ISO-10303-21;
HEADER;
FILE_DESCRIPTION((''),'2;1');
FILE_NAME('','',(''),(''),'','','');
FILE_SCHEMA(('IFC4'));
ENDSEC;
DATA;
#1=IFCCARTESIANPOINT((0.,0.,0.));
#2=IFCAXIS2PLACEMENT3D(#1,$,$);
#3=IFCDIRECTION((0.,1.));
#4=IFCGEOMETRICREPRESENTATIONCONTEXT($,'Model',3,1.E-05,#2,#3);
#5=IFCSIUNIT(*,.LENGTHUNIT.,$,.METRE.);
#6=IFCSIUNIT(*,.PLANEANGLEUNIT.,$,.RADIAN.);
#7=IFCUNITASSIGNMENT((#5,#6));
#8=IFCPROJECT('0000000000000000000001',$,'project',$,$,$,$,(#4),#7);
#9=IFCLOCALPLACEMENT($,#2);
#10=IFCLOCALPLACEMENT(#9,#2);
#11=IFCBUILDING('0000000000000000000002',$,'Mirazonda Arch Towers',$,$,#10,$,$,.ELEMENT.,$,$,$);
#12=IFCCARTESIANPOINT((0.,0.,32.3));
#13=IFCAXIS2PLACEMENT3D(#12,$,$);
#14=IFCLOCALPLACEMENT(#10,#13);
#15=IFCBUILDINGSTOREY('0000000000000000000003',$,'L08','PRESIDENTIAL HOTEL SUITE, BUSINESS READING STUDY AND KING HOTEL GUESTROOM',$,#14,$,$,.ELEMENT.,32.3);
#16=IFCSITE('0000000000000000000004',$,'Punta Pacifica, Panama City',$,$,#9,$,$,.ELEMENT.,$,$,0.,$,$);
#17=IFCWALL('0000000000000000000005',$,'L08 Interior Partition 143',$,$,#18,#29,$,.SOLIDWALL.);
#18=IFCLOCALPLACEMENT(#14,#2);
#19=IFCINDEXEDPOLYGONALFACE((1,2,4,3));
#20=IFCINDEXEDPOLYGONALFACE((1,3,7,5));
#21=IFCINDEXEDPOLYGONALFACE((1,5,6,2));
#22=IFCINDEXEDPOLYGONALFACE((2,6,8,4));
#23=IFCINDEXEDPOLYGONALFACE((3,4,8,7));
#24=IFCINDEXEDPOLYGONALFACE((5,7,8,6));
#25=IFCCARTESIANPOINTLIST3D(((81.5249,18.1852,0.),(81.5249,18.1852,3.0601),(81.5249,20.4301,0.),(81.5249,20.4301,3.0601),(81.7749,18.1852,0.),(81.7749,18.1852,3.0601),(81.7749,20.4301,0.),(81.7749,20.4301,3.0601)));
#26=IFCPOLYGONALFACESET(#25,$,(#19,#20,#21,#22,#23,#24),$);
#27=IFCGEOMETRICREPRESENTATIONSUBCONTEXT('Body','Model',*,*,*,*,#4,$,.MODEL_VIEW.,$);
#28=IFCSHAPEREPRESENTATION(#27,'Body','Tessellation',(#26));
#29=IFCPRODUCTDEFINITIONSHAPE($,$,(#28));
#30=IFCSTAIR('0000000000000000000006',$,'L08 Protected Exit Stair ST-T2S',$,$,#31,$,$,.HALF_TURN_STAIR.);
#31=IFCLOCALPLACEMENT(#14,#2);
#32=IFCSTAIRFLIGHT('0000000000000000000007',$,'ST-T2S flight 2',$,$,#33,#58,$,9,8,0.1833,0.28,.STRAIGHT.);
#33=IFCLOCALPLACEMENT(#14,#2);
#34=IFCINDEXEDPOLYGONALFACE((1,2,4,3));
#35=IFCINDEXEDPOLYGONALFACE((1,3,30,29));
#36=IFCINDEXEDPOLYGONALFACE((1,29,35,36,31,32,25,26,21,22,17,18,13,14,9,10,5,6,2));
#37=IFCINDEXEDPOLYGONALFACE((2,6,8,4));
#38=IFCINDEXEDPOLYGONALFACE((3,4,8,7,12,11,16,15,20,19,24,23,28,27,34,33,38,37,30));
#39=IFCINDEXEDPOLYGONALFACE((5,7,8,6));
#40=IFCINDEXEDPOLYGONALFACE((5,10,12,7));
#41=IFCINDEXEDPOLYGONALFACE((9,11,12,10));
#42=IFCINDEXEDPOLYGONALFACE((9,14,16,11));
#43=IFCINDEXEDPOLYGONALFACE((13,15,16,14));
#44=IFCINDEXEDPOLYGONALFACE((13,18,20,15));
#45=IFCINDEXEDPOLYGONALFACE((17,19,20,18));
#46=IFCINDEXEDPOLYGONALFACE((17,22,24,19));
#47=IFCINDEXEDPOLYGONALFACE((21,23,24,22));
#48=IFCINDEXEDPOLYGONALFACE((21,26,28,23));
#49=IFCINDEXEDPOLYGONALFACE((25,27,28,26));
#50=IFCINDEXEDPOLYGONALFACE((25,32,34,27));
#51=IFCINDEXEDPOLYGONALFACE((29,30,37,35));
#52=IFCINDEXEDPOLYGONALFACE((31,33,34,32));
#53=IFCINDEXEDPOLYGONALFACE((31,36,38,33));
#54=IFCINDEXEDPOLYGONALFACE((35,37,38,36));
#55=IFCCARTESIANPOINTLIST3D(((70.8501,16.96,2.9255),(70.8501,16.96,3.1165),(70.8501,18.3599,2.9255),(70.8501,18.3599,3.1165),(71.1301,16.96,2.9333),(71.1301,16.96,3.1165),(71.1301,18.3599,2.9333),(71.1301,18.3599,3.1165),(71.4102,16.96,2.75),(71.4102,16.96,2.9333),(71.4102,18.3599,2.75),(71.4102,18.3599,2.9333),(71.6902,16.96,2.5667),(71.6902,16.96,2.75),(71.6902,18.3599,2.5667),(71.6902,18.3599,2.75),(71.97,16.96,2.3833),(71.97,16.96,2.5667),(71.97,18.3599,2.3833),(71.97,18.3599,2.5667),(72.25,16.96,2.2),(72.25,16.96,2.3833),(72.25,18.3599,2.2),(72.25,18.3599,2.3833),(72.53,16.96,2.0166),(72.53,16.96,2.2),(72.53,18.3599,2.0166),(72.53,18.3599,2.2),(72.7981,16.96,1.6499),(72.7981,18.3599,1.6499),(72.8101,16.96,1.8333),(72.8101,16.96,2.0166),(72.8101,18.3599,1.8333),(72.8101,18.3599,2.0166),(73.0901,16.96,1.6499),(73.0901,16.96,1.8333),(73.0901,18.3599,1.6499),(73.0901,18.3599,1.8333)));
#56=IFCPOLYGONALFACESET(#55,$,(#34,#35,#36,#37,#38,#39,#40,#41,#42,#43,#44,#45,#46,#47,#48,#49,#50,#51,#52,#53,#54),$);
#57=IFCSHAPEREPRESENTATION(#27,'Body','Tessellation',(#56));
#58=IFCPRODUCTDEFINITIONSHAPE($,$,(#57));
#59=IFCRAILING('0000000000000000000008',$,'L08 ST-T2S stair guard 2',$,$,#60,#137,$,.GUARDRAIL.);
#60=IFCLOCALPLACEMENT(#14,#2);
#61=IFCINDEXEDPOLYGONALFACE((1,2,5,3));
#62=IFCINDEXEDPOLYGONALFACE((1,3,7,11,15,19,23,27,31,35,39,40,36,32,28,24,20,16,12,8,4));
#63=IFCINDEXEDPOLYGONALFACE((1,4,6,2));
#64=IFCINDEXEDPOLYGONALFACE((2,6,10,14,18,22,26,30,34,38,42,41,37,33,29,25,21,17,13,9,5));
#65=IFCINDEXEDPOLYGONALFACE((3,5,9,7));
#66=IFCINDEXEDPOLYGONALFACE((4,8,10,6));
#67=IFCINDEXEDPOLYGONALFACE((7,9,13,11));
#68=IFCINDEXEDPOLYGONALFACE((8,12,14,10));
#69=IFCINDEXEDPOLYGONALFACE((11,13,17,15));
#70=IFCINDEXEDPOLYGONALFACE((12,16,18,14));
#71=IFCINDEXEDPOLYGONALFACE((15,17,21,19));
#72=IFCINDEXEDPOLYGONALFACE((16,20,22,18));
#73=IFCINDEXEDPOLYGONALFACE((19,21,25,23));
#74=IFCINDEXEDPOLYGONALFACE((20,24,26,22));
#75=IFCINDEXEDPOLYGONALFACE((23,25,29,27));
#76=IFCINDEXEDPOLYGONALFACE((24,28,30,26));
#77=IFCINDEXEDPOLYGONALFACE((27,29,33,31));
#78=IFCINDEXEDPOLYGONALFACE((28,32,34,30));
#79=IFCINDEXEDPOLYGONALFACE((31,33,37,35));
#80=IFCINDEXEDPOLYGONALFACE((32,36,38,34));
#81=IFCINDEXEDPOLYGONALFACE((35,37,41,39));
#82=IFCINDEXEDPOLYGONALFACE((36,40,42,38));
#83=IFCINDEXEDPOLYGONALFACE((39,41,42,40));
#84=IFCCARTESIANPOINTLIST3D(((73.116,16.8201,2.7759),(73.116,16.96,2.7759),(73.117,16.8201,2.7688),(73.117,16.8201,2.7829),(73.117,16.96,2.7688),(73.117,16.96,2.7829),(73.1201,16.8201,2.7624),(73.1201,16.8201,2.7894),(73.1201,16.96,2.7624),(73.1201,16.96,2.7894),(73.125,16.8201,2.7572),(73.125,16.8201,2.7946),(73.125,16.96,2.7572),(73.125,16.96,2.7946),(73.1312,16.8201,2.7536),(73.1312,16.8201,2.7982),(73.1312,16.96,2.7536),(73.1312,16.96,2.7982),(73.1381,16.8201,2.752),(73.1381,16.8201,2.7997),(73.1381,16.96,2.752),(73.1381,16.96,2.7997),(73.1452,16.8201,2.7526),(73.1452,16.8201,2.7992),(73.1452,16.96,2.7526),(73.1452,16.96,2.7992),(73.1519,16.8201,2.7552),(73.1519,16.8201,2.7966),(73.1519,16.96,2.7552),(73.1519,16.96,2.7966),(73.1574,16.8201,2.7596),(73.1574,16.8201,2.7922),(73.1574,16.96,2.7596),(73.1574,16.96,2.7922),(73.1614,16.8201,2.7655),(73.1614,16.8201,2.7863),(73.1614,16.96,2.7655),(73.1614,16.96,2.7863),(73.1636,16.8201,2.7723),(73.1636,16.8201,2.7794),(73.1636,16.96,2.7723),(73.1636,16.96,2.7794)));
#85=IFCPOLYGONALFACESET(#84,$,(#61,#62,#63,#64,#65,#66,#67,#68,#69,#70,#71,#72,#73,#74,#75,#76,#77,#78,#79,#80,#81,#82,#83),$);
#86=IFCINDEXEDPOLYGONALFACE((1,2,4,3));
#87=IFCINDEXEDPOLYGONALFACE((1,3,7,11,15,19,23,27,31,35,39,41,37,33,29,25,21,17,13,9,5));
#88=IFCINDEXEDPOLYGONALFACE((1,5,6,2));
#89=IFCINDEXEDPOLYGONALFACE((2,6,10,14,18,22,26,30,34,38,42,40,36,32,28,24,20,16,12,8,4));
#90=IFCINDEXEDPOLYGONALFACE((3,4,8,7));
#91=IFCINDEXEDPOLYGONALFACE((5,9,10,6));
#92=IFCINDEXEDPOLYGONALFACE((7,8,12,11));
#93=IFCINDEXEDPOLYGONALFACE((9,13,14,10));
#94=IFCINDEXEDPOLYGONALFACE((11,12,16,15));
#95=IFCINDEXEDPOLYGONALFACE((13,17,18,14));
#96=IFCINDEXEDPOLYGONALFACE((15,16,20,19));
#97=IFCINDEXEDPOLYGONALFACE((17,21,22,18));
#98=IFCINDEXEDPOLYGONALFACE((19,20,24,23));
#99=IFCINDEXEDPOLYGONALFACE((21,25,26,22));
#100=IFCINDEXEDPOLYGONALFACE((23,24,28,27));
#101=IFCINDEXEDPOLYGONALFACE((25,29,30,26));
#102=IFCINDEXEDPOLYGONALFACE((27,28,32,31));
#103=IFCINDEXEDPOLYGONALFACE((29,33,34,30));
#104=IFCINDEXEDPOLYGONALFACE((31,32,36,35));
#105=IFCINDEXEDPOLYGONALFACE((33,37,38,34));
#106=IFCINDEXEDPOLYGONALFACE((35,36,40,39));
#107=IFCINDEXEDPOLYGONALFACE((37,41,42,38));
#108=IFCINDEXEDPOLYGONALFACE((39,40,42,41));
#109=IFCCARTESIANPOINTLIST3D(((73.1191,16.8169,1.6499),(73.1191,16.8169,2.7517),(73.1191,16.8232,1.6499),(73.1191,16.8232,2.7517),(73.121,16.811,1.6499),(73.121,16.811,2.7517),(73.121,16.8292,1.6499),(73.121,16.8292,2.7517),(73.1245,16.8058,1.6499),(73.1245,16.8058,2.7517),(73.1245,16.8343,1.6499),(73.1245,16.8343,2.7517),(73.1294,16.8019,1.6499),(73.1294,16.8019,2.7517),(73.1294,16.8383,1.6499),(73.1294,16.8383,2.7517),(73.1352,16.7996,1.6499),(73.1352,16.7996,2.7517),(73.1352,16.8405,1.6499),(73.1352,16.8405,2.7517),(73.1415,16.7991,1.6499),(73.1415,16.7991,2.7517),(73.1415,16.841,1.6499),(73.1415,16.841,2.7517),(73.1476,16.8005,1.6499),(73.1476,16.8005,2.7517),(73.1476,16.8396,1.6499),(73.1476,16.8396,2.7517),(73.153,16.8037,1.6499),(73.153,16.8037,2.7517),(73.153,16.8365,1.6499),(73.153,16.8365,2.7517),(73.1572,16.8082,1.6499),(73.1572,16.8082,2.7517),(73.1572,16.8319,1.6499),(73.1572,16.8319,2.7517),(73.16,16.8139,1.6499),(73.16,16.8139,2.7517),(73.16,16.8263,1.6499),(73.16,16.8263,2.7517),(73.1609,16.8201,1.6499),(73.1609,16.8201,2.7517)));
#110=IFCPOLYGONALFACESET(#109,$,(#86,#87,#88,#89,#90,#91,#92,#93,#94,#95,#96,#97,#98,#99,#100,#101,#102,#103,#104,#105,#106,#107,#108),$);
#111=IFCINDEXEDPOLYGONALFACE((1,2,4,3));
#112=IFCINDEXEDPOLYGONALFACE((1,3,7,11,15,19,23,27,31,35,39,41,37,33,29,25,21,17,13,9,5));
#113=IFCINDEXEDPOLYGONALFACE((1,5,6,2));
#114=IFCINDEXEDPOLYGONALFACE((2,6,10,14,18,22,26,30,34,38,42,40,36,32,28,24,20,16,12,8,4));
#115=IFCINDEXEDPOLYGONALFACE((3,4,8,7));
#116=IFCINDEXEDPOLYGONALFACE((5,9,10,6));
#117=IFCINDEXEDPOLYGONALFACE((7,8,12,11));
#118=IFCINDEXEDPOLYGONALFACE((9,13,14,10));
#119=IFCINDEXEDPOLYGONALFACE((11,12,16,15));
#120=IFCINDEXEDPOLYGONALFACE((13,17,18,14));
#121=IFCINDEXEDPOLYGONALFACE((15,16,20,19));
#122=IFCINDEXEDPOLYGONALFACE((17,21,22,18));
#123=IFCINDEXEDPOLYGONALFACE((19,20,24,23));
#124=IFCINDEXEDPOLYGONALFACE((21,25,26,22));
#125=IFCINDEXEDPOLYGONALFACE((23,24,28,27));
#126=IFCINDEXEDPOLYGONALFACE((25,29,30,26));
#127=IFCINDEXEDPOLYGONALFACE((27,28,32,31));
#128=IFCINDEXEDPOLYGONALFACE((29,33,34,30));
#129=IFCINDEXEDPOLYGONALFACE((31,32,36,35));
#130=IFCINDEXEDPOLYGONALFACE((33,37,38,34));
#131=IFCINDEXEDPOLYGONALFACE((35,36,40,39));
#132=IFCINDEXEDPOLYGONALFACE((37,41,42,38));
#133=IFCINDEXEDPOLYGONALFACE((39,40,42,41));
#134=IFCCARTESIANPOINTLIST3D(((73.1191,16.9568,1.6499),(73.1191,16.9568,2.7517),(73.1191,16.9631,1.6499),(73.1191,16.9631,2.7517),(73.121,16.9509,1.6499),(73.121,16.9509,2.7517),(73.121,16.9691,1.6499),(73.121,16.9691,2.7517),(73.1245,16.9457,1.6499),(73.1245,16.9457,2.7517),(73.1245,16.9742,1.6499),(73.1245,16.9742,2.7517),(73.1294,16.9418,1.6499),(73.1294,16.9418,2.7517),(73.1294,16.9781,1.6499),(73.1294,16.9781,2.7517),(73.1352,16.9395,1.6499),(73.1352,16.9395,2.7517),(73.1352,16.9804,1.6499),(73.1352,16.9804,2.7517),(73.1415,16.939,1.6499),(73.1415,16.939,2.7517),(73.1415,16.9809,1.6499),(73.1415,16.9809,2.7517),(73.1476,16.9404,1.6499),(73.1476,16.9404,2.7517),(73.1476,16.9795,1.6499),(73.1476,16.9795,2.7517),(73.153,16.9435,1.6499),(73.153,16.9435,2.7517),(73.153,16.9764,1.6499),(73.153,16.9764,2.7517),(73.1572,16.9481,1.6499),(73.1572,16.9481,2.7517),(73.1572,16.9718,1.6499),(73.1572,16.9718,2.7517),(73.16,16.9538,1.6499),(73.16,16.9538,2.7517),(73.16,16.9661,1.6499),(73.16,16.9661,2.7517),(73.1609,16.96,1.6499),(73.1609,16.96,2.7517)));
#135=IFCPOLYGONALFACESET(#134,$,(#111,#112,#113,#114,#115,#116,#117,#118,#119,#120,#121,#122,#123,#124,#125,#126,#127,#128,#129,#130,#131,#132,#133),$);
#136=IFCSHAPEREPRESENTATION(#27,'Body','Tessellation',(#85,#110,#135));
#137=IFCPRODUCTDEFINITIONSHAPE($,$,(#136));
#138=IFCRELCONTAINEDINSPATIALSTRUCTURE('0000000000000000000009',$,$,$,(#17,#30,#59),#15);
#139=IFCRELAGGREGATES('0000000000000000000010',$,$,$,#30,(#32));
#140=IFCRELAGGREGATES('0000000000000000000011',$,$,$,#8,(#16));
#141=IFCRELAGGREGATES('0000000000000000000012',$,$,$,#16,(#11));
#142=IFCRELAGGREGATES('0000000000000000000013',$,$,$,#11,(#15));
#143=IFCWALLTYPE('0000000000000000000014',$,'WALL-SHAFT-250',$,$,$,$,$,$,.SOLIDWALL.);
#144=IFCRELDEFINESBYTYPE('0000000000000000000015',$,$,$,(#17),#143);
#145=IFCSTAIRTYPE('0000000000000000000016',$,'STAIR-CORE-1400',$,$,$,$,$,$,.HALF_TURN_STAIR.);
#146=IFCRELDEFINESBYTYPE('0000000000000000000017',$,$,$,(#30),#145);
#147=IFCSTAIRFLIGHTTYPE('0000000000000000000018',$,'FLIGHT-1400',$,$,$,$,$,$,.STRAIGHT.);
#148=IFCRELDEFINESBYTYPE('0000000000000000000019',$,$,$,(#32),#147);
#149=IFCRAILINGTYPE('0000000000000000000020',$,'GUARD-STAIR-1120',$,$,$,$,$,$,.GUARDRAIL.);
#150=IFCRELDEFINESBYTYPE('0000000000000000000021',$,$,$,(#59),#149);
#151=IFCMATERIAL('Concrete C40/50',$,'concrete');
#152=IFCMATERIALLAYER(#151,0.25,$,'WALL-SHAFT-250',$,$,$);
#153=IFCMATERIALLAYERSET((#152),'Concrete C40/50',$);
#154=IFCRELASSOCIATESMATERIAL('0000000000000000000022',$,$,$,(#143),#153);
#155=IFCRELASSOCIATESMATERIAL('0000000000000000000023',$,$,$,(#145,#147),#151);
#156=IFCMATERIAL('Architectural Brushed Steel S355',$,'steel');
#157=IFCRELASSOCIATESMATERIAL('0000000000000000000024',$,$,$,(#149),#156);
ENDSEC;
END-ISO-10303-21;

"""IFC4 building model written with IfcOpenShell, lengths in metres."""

from ifc_helpers import new_model, si_unit, direction, frame, frame_2d, origin, origin_2d, place, context, subcontext, project, spatial, polyline, rectangle, circle, outline, extrude, material, layer, layer_set, type_object, element, aggregate, save


model = new_model("IFC4")

# Units and contexts
model_context = context("Model", 3, precision=1e-05, world=origin(), true_north=direction((0.0, 1.0)))
body_context = subcontext(model_context, "Body", "Model", "MODEL_VIEW")
ifc_project = project(units=[si_unit("LENGTHUNIT", "METRE"), si_unit("PLANEANGLEUNIT", "RADIAN")], contexts=[model_context])

# Site, building, storey
site_placement = place(None, origin())
site = spatial("IfcSite", under=ifc_project, at=site_placement, Name="Punta Pacifica, Panama City", CompositionType="ELEMENT", RefElevation=0.0)
building_placement = place(site_placement, origin())
building = spatial("IfcBuilding", under=site, at=building_placement, Name="Mirazonda Arch Towers", CompositionType="ELEMENT")
storey_placement = place(building_placement, frame((0.0, 0.0, 32.3)))
storey = spatial("IfcBuildingStorey", under=building, at=storey_placement, Name="L08", Description="PRESIDENTIAL HOTEL SUITE, BUSINESS READING STUDY AND KING HOTEL GUESTROOM", CompositionType="ELEMENT", Elevation=32.3)

# Wall
ifc_material_1 = material(Name="Concrete C40/50", Category="concrete")
ifc_layer_1 = layer(ifc_material_1, 0.25, Name="WALL-SHAFT-250")
ifc_layer_set_1 = layer_set([ifc_layer_1], Name="Concrete C40/50")
wall_type_1 = type_object("IfcWallType", Name="WALL-SHAFT-250", PredefinedType="SOLIDWALL", material=ifc_layer_set_1)
wall_1_placement = place(storey_placement, frame((81.6499, 18.1851, 0.0), z_axis=(0.0, 0.0, 1.0), x_axis=(0.0, 1.0, 0.0)))
element("IfcWall", 1, at=wall_1_placement, inside=storey, type_object=wall_type_1, Name="L08 Interior Partition 143", PredefinedType="SOLIDWALL", context=body_context, shape_type="SweptSolid", body=[
    extrude(rectangle(XDim=2.2449, YDim=0.25, at=frame_2d((1.1226, 0.0))), origin(), (0.0, 0.0, 1.0), 3.0601),
])

# Stair, stair flight
stair_type = type_object("IfcStairType", Name="STAIR-CORE-1400", PredefinedType="HALF_TURN_STAIR", material=ifc_material_1)
stair_placement = place(storey_placement, origin())
stair = element("IfcStair", 2, at=stair_placement, inside=storey, type_object=stair_type, Name="L08 Protected Exit Stair ST-T2S", PredefinedType="HALF_TURN_STAIR")
stair_flight_type = type_object("IfcStairFlightType", Name="FLIGHT-1400", PredefinedType="STRAIGHT", material=ifc_material_1)
stair_flight_placement = place(storey_placement, frame((73.0901, 17.6599, 1.6499), z_axis=(0.0, 0.0, 1.0), x_axis=(-1.0, 0.0, 0.0)))
stair_flight = element("IfcStairFlight", 3, at=stair_flight_placement, type_object=stair_flight_type, Name="ST-T2S flight 2", NumberOfRisers=9, NumberOfTreads=8, PredefinedType="STRAIGHT", RiserHeight=0.1833, TreadLength=0.28, context=body_context, shape_type="SweptSolid", body=[
    extrude(outline(polyline([(0.0, 0.0), (0.0, 0.1833), (0.28, 0.1833), (0.28, 0.3667), (0.5601, 0.3667), (0.5601, 0.55), (0.8401, 0.55), (0.8401, 0.7334), (1.1201, 0.7334), (1.1201, 0.9167), (1.3999, 0.9167), (1.3999, 1.1001), (1.6799, 1.1001), (1.6799, 1.2834), (1.96, 1.2834), (1.96, 1.4666), (2.24, 1.4666), (2.24, 1.6499), (2.24, 1.2756), (0.292, 0.0), (0.0, 0.0)])), frame((0.0, 0.7, 0.0), z_axis=(0.0, -1.0, 0.0), x_axis=(1.0, 0.0, 0.0)), (0.0, 0.0, 1.0), 1.3999),
])
aggregate(stair, [stair_flight])

# Railing
ifc_material_2 = material(Name="Architectural Brushed Steel S355", Category="steel")
railing_type_1 = type_object("IfcRailingType", Name="GUARD-STAIR-1120", PredefinedType="GUARDRAIL", material=ifc_material_2)
railing_1_placement = place(storey_placement, frame((73.1399, 16.8201, 1.6499)))
element("IfcRailing", 4, at=railing_1_placement, inside=storey, type_object=railing_type_1, Name="L08 ST-T2S stair guard 2", PredefinedType="GUARDRAIL", context=body_context, shape_type="SweptSolid", body=[
    extrude(circle(Radius=0.0239, at=origin_2d()), frame((0.0, 0.0, 1.126), z_axis=(0.0, 1.0, 0.0), x_axis=(-1.0, 0.0, 0.0)), (0.0, 0.0, 1.0), 0.1399),
    extrude(circle(Radius=0.021, at=origin_2d()), origin(), (0.0, 0.0, 1.0), 1.1018),
    extrude(circle(Radius=0.021, at=origin_2d()), frame((0.0, 0.1399, 0.0)), (0.0, 0.0, 1.0), 1.1018),
])

save(model, "model.ifc")
